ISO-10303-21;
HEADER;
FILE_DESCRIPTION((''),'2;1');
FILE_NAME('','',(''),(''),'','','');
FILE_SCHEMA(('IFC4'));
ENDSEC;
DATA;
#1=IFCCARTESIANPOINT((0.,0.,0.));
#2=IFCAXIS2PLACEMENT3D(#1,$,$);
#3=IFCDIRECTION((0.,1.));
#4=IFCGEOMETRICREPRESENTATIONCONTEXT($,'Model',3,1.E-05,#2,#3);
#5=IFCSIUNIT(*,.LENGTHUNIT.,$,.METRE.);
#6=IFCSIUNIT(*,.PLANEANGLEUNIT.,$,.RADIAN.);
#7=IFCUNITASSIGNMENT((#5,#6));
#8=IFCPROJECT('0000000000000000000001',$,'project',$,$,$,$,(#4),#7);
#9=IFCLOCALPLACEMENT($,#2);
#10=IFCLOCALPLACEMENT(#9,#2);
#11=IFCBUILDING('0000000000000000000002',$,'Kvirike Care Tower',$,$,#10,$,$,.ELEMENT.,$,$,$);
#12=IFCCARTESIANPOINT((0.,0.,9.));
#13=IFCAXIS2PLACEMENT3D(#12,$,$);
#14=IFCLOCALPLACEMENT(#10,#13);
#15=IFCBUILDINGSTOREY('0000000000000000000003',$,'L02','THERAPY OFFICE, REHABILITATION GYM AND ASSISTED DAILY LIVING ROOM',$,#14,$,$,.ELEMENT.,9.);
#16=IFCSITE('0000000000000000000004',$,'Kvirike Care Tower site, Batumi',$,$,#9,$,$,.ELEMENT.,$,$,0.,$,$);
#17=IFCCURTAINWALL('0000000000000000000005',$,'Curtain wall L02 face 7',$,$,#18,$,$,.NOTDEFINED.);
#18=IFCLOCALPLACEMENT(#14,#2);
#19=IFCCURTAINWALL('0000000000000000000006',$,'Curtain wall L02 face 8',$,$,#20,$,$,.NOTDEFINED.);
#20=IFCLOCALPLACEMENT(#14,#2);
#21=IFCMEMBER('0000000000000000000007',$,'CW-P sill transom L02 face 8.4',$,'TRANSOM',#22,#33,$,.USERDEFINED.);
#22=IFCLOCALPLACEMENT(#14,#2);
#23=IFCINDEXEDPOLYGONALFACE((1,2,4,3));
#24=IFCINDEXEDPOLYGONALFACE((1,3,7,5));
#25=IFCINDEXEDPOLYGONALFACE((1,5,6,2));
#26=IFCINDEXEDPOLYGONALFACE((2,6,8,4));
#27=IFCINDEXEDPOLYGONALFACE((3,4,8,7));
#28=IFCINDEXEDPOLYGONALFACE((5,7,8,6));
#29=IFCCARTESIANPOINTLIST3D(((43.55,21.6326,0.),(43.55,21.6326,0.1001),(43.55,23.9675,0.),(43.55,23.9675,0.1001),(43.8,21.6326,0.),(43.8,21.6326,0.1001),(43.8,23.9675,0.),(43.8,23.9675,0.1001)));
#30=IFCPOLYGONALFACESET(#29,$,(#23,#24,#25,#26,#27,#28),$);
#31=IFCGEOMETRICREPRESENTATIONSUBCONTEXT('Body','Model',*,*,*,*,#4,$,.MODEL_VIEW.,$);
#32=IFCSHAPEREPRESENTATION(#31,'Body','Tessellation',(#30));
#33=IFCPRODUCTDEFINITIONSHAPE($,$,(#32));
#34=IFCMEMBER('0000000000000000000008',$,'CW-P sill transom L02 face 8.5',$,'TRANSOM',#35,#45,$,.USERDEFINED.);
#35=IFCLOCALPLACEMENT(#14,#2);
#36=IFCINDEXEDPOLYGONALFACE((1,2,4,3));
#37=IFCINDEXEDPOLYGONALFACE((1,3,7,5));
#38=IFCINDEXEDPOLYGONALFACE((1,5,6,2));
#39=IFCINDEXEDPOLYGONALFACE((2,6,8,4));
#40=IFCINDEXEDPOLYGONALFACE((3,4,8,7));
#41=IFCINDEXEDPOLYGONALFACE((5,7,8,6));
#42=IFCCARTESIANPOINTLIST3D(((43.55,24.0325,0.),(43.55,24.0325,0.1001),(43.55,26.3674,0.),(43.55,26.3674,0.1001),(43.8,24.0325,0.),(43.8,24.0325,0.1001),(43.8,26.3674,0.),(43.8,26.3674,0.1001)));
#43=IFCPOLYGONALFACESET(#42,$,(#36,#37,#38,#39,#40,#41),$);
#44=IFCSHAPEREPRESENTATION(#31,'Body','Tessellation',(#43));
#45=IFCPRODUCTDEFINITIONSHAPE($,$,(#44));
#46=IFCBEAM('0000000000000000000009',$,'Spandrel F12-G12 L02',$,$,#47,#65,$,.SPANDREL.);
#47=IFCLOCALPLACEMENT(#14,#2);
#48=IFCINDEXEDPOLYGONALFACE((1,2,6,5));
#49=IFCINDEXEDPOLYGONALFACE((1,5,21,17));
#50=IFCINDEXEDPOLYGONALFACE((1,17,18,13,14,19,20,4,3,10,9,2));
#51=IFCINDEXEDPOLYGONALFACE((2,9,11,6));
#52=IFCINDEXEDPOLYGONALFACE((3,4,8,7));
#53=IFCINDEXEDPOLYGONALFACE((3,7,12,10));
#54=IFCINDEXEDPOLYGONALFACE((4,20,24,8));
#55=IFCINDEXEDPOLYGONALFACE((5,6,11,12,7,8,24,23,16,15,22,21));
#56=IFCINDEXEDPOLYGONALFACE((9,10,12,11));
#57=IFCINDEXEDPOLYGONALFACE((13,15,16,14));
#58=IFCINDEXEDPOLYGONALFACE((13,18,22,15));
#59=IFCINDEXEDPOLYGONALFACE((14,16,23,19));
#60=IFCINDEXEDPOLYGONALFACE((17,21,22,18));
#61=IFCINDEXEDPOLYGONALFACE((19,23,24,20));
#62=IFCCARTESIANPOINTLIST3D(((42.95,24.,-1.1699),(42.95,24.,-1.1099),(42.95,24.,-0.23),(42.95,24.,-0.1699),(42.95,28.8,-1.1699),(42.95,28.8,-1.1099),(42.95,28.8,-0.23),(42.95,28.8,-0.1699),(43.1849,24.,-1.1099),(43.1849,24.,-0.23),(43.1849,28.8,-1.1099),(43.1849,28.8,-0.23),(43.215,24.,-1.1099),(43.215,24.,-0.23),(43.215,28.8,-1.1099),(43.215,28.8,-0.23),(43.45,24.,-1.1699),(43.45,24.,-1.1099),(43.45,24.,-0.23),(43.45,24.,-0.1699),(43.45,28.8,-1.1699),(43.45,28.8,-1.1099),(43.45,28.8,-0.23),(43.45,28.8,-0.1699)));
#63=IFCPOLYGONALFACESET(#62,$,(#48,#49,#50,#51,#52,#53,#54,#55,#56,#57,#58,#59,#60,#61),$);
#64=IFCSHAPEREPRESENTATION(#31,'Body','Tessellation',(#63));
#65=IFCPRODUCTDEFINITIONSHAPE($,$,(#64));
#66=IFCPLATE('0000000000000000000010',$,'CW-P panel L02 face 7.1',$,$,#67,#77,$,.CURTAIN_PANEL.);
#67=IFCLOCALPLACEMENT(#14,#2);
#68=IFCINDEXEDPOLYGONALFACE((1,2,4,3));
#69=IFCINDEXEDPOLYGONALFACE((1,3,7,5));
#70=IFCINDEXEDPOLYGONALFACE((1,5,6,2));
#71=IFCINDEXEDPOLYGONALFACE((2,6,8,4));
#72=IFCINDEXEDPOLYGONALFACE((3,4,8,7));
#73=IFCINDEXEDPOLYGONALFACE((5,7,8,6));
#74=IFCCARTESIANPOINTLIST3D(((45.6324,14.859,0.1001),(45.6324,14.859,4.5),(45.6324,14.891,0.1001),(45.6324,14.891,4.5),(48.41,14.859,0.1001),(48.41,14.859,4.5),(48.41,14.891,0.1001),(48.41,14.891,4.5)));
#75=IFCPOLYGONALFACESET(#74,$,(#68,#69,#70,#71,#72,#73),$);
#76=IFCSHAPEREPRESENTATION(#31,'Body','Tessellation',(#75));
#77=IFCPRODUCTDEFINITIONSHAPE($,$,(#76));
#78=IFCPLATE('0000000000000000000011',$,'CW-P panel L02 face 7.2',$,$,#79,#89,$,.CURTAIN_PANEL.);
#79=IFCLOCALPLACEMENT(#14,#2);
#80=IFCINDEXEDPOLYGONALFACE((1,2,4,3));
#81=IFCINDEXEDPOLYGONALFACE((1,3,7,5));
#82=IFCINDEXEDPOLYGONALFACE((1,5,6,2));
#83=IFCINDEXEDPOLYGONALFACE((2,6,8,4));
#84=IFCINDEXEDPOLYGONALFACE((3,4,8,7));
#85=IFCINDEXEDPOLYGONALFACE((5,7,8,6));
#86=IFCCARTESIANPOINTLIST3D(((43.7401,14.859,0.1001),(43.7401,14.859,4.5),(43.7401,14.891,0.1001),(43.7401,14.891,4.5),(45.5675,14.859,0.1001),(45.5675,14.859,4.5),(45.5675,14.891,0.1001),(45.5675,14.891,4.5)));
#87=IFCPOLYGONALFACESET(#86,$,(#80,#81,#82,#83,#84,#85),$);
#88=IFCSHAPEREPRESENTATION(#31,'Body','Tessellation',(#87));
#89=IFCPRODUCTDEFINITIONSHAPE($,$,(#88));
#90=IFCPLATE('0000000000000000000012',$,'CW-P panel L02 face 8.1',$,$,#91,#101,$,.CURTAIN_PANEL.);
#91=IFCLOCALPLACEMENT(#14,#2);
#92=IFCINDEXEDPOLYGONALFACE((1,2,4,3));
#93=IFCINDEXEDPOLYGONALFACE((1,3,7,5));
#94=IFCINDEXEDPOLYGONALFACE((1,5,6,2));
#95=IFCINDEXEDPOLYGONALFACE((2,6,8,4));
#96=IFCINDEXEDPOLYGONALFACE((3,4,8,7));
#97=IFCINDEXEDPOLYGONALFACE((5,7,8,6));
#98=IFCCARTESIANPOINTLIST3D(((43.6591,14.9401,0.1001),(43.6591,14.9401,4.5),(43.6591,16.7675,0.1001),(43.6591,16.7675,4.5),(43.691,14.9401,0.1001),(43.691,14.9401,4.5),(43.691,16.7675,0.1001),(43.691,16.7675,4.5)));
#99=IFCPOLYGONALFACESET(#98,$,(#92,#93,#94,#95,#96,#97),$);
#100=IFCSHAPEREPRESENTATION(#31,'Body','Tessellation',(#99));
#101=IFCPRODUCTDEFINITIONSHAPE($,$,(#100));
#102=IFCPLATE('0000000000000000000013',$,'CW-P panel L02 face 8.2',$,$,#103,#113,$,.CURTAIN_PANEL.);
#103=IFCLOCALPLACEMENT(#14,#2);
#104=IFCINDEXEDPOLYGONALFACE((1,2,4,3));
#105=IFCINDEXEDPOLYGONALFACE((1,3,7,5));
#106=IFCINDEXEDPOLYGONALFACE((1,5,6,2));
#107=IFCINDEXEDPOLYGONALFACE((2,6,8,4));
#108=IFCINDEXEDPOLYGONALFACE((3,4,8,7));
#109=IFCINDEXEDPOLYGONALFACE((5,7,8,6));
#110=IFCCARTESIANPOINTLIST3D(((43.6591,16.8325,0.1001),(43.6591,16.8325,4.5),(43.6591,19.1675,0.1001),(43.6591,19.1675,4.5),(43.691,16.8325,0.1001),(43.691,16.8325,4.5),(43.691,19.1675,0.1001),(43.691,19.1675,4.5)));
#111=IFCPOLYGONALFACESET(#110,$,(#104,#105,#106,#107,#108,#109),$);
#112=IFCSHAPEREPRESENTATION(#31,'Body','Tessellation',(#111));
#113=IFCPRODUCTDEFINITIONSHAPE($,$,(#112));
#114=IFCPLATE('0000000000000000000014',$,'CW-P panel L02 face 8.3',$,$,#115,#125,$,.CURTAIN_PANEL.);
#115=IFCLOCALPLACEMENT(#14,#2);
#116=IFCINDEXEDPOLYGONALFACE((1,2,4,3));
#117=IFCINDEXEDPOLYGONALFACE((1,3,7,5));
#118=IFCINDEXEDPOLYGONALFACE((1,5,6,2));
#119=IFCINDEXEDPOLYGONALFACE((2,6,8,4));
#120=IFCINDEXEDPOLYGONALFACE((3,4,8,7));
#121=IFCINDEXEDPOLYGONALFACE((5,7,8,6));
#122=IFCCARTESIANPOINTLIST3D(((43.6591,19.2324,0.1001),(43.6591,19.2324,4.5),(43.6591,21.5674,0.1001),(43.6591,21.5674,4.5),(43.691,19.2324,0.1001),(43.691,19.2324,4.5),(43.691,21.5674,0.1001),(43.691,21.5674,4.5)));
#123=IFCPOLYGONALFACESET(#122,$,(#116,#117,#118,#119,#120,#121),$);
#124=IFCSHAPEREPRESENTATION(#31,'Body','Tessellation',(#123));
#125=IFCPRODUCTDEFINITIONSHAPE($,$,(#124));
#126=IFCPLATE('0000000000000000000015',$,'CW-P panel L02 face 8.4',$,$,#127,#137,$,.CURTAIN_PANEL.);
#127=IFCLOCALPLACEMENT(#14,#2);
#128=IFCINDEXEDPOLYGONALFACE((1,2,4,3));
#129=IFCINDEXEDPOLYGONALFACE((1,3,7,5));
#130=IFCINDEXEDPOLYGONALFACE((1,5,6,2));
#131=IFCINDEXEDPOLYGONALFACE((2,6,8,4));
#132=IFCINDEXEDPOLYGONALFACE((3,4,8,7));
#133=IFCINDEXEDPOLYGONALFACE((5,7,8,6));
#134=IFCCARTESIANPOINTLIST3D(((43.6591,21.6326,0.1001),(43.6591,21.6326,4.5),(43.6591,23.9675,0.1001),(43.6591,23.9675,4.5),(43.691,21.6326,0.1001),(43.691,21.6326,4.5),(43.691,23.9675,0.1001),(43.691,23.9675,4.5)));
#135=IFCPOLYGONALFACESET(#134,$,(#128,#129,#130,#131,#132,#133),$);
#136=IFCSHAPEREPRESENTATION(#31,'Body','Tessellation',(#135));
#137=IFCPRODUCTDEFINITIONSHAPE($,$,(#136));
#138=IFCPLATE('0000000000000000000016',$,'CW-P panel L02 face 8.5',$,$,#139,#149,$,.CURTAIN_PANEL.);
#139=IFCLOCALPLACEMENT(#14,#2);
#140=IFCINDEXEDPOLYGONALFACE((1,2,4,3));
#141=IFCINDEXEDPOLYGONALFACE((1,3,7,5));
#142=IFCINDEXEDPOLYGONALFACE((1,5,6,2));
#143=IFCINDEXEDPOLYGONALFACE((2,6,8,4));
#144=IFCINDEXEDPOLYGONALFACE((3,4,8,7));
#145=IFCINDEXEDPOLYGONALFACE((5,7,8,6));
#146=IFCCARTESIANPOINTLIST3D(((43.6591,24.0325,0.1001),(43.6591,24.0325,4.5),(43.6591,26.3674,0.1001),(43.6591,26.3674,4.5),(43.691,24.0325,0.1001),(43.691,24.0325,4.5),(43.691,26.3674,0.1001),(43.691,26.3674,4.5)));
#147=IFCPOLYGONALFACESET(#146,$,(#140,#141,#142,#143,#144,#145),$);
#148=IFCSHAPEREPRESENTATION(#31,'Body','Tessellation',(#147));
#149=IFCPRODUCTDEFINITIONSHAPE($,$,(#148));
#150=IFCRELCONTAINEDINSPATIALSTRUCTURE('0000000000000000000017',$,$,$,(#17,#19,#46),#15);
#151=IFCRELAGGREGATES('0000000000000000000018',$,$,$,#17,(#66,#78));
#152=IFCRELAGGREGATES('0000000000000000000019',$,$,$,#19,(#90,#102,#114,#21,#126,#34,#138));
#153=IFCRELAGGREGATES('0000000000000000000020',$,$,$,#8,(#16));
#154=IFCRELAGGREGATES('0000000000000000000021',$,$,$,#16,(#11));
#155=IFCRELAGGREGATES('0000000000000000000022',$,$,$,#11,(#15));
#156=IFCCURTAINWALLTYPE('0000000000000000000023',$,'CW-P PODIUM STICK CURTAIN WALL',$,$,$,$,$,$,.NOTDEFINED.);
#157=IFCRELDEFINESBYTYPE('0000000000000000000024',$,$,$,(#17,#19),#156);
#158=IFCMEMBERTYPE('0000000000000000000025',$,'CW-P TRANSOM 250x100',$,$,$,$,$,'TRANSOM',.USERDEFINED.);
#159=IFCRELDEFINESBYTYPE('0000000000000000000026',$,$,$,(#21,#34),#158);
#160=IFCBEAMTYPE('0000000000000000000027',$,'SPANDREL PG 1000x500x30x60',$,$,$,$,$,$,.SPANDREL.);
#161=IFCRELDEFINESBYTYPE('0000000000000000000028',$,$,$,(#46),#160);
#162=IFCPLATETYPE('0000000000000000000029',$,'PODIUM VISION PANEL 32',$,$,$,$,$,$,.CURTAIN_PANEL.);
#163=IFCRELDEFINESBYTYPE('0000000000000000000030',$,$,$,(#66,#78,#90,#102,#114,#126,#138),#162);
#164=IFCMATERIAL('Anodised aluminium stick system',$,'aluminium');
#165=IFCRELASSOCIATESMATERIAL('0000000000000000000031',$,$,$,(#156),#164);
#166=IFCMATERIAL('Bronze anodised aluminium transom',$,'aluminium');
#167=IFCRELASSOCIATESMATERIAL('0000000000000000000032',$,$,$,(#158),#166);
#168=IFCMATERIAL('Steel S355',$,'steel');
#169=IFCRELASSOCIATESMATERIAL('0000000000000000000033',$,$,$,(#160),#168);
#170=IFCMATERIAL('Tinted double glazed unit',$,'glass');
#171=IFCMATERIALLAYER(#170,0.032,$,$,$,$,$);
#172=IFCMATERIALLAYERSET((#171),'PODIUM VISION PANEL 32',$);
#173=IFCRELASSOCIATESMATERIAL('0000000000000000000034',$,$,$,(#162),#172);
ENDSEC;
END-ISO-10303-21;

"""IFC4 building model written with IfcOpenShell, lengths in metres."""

from ifc_helpers import new_model, si_unit, direction, frame, origin, origin_2d, place, context, subcontext, project, spatial, rectangle, i_section, extrude, material, layer, layer_set, material_profile, profile_set, type_object, element, aggregate, save


model = new_model("IFC4")

# Units and contexts
model_context = context("Model", 3, precision=1e-05, world=origin(), true_north=direction((0.0, 1.0)))
body_context = subcontext(model_context, "Body", "Model", "MODEL_VIEW")
ifc_project = project(units=[si_unit("LENGTHUNIT", "METRE"), si_unit("PLANEANGLEUNIT", "RADIAN")], contexts=[model_context])

# Site, building, storey
site_placement = place(None, origin())
site = spatial("IfcSite", under=ifc_project, at=site_placement, Name="Kvirike Care Tower site, Batumi", CompositionType="ELEMENT", RefElevation=0.0)
building_placement = place(site_placement, origin())
building = spatial("IfcBuilding", under=site, at=building_placement, Name="Kvirike Care Tower", CompositionType="ELEMENT")
storey_placement = place(building_placement, frame((0.0, 0.0, 9.0)))
storey = spatial("IfcBuildingStorey", under=building, at=storey_placement, Name="L02", Description="THERAPY OFFICE, REHABILITATION GYM AND ASSISTED DAILY LIVING ROOM", CompositionType="ELEMENT", Elevation=9.0)

# Shared definitions
ifc_material_1 = material(Name="Anodised aluminium stick system", Category="aluminium")
curtain_wall_type = type_object("IfcCurtainWallType", Name="CW-P PODIUM STICK CURTAIN WALL", PredefinedType="NOTDEFINED", material=ifc_material_1)

# Curtain walls
curtain_wall_1_placement = place(storey_placement, origin())
curtain_wall_1 = element("IfcCurtainWall", 1, at=curtain_wall_1_placement, inside=storey, type_object=curtain_wall_type, Name="Curtain wall L02 face 7", PredefinedType="NOTDEFINED")
curtain_wall_2_placement = place(storey_placement, origin())
curtain_wall_2 = element("IfcCurtainWall", 2, at=curtain_wall_2_placement, inside=storey, type_object=curtain_wall_type, Name="Curtain wall L02 face 8", PredefinedType="NOTDEFINED")

# Members
ifc_material_2 = material(Name="Bronze anodised aluminium transom", Category="aluminium")
ifc_material_profile_1 = material_profile(ifc_material_2, rectangle(XDim=0.25, YDim=0.1001, at=origin_2d()), Name="CW-P TRANSOM 250x100")
ifc_profile_set_1 = profile_set([ifc_material_profile_1], Name="Bronze anodised aluminium transom")
member_type_1 = type_object("IfcMemberType", Name="CW-P TRANSOM 250x100", ElementType="TRANSOM", PredefinedType="USERDEFINED", material=ifc_profile_set_1)
member_1_placement = place(storey_placement, frame((43.675, 21.6326, 0.05), z_axis=(0.0, 1.0, 0.0), x_axis=(-1.0, 0.0, 0.0)))
member_1 = element("IfcMember", 3, at=member_1_placement, type_object=member_type_1, Name="CW-P sill transom L02 face 8.4", ObjectType="TRANSOM", PredefinedType="USERDEFINED", context=body_context, shape_type="SweptSolid", body=[
    extrude(rectangle(XDim=0.25, YDim=0.1001, at=origin_2d()), origin(), (0.0, 0.0, 1.0), 2.335),
])
member_2_placement = place(storey_placement, frame((43.675, 24.0325, 0.05), z_axis=(0.0, 1.0, 0.0), x_axis=(-1.0, 0.0, 0.0)))
member_2 = element("IfcMember", 4, at=member_2_placement, type_object=member_type_1, Name="CW-P sill transom L02 face 8.5", ObjectType="TRANSOM", PredefinedType="USERDEFINED", context=body_context, shape_type="SweptSolid", body=[
    extrude(rectangle(XDim=0.25, YDim=0.1001, at=origin_2d()), origin(), (0.0, 0.0, 1.0), 2.335),
])

# Beam
ifc_material_3 = material(Name="Steel S355", Category="steel")
ifc_material_profile_2 = material_profile(ifc_material_3, i_section(OverallWidth=0.5, OverallDepth=1.0, WebThickness=0.03, FlangeThickness=0.0601, at=origin_2d()), Name="PG 1000x500x30x60")
ifc_profile_set_2 = profile_set([ifc_material_profile_2], Name="Steel S355")
beam_type = type_object("IfcBeamType", Name="SPANDREL PG 1000x500x30x60", PredefinedType="SPANDREL", material=ifc_profile_set_2)
beam_placement = place(storey_placement, frame((43.2, 24.0, -0.6699), z_axis=(0.0, 1.0, 0.0), x_axis=(-1.0, 0.0, 0.0)))
element("IfcBeam", 5, at=beam_placement, inside=storey, type_object=beam_type, Name="Spandrel F12-G12 L02", PredefinedType="SPANDREL", context=body_context, shape_type="SweptSolid", body=[
    extrude(i_section(OverallWidth=0.5, OverallDepth=1.0, WebThickness=0.03, FlangeThickness=0.0601, at=origin_2d()), origin(), (0.0, 0.0, 1.0), 4.8),
])

# Plates
ifc_material_4 = material(Name="Tinted double glazed unit", Category="glass")
ifc_layer = layer(ifc_material_4, 0.032)
ifc_layer_set = layer_set([ifc_layer], Name="PODIUM VISION PANEL 32")
plate_type = type_object("IfcPlateType", Name="PODIUM VISION PANEL 32", PredefinedType="CURTAIN_PANEL", material=ifc_layer_set)
plate_1_placement = place(storey_placement, frame((47.0212, 14.875, 0.1001), z_axis=(0.0, 0.0, 1.0), x_axis=(-1.0, 0.0, 0.0)))
plate_1 = element("IfcPlate", 6, at=plate_1_placement, type_object=plate_type, Name="CW-P panel L02 face 7.1", PredefinedType="CURTAIN_PANEL", context=body_context, shape_type="SweptSolid", body=[
    extrude(rectangle(XDim=2.7776, YDim=0.032, at=origin_2d()), origin(), (0.0, 0.0, 1.0), 4.3999),
])
plate_2_placement = place(storey_placement, frame((44.6538, 14.875, 0.1001), z_axis=(0.0, 0.0, 1.0), x_axis=(-1.0, 0.0, 0.0)))
plate_2 = element("IfcPlate", 7, at=plate_2_placement, type_object=plate_type, Name="CW-P panel L02 face 7.2", PredefinedType="CURTAIN_PANEL", context=body_context, shape_type="SweptSolid", body=[
    extrude(rectangle(XDim=1.8274, YDim=0.032, at=origin_2d()), origin(), (0.0, 0.0, 1.0), 4.3999),
])
aggregate(curtain_wall_1, [plate_1, plate_2])
plate_3_placement = place(storey_placement, frame((43.675, 15.8538, 0.1001), z_axis=(0.0, 0.0, 1.0), x_axis=(0.0, 1.0, 0.0)))
plate_3 = element("IfcPlate", 8, at=plate_3_placement, type_object=plate_type, Name="CW-P panel L02 face 8.1", PredefinedType="CURTAIN_PANEL", context=body_context, shape_type="SweptSolid", body=[
    extrude(rectangle(XDim=1.8274, YDim=0.032, at=origin_2d()), origin(), (0.0, 0.0, 1.0), 4.3999),
])
plate_4_placement = place(storey_placement, frame((43.675, 18.0, 0.1001), z_axis=(0.0, 0.0, 1.0), x_axis=(0.0, 1.0, 0.0)))
plate_4 = element("IfcPlate", 9, at=plate_4_placement, type_object=plate_type, Name="CW-P panel L02 face 8.2", PredefinedType="CURTAIN_PANEL", context=body_context, shape_type="SweptSolid", body=[
    extrude(rectangle(XDim=2.335, YDim=0.032, at=origin_2d()), origin(), (0.0, 0.0, 1.0), 4.3999),
])
plate_5_placement = place(storey_placement, frame((43.675, 20.3999, 0.1001), z_axis=(0.0, 0.0, 1.0), x_axis=(0.0, 1.0, 0.0)))
plate_5 = element("IfcPlate", 10, at=plate_5_placement, type_object=plate_type, Name="CW-P panel L02 face 8.3", PredefinedType="CURTAIN_PANEL", context=body_context, shape_type="SweptSolid", body=[
    extrude(rectangle(XDim=2.335, YDim=0.032, at=origin_2d()), origin(), (0.0, 0.0, 1.0), 4.3999),
])
plate_6_placement = place(storey_placement, frame((43.675, 22.8, 0.1001), z_axis=(0.0, 0.0, 1.0), x_axis=(0.0, 1.0, 0.0)))
plate_6 = element("IfcPlate", 11, at=plate_6_placement, type_object=plate_type, Name="CW-P panel L02 face 8.4", PredefinedType="CURTAIN_PANEL", context=body_context, shape_type="SweptSolid", body=[
    extrude(rectangle(XDim=2.335, YDim=0.032, at=origin_2d()), origin(), (0.0, 0.0, 1.0), 4.3999),
])
plate_7_placement = place(storey_placement, frame((43.675, 25.2, 0.1001), z_axis=(0.0, 0.0, 1.0), x_axis=(0.0, 1.0, 0.0)))
plate_7 = element("IfcPlate", 12, at=plate_7_placement, type_object=plate_type, Name="CW-P panel L02 face 8.5", PredefinedType="CURTAIN_PANEL", context=body_context, shape_type="SweptSolid", body=[
    extrude(rectangle(XDim=2.335, YDim=0.032, at=origin_2d()), origin(), (0.0, 0.0, 1.0), 4.3999),
])
aggregate(curtain_wall_2, [plate_3, plate_4, plate_5, member_1, plate_6, member_2, plate_7])

save(model, "model.ifc")
